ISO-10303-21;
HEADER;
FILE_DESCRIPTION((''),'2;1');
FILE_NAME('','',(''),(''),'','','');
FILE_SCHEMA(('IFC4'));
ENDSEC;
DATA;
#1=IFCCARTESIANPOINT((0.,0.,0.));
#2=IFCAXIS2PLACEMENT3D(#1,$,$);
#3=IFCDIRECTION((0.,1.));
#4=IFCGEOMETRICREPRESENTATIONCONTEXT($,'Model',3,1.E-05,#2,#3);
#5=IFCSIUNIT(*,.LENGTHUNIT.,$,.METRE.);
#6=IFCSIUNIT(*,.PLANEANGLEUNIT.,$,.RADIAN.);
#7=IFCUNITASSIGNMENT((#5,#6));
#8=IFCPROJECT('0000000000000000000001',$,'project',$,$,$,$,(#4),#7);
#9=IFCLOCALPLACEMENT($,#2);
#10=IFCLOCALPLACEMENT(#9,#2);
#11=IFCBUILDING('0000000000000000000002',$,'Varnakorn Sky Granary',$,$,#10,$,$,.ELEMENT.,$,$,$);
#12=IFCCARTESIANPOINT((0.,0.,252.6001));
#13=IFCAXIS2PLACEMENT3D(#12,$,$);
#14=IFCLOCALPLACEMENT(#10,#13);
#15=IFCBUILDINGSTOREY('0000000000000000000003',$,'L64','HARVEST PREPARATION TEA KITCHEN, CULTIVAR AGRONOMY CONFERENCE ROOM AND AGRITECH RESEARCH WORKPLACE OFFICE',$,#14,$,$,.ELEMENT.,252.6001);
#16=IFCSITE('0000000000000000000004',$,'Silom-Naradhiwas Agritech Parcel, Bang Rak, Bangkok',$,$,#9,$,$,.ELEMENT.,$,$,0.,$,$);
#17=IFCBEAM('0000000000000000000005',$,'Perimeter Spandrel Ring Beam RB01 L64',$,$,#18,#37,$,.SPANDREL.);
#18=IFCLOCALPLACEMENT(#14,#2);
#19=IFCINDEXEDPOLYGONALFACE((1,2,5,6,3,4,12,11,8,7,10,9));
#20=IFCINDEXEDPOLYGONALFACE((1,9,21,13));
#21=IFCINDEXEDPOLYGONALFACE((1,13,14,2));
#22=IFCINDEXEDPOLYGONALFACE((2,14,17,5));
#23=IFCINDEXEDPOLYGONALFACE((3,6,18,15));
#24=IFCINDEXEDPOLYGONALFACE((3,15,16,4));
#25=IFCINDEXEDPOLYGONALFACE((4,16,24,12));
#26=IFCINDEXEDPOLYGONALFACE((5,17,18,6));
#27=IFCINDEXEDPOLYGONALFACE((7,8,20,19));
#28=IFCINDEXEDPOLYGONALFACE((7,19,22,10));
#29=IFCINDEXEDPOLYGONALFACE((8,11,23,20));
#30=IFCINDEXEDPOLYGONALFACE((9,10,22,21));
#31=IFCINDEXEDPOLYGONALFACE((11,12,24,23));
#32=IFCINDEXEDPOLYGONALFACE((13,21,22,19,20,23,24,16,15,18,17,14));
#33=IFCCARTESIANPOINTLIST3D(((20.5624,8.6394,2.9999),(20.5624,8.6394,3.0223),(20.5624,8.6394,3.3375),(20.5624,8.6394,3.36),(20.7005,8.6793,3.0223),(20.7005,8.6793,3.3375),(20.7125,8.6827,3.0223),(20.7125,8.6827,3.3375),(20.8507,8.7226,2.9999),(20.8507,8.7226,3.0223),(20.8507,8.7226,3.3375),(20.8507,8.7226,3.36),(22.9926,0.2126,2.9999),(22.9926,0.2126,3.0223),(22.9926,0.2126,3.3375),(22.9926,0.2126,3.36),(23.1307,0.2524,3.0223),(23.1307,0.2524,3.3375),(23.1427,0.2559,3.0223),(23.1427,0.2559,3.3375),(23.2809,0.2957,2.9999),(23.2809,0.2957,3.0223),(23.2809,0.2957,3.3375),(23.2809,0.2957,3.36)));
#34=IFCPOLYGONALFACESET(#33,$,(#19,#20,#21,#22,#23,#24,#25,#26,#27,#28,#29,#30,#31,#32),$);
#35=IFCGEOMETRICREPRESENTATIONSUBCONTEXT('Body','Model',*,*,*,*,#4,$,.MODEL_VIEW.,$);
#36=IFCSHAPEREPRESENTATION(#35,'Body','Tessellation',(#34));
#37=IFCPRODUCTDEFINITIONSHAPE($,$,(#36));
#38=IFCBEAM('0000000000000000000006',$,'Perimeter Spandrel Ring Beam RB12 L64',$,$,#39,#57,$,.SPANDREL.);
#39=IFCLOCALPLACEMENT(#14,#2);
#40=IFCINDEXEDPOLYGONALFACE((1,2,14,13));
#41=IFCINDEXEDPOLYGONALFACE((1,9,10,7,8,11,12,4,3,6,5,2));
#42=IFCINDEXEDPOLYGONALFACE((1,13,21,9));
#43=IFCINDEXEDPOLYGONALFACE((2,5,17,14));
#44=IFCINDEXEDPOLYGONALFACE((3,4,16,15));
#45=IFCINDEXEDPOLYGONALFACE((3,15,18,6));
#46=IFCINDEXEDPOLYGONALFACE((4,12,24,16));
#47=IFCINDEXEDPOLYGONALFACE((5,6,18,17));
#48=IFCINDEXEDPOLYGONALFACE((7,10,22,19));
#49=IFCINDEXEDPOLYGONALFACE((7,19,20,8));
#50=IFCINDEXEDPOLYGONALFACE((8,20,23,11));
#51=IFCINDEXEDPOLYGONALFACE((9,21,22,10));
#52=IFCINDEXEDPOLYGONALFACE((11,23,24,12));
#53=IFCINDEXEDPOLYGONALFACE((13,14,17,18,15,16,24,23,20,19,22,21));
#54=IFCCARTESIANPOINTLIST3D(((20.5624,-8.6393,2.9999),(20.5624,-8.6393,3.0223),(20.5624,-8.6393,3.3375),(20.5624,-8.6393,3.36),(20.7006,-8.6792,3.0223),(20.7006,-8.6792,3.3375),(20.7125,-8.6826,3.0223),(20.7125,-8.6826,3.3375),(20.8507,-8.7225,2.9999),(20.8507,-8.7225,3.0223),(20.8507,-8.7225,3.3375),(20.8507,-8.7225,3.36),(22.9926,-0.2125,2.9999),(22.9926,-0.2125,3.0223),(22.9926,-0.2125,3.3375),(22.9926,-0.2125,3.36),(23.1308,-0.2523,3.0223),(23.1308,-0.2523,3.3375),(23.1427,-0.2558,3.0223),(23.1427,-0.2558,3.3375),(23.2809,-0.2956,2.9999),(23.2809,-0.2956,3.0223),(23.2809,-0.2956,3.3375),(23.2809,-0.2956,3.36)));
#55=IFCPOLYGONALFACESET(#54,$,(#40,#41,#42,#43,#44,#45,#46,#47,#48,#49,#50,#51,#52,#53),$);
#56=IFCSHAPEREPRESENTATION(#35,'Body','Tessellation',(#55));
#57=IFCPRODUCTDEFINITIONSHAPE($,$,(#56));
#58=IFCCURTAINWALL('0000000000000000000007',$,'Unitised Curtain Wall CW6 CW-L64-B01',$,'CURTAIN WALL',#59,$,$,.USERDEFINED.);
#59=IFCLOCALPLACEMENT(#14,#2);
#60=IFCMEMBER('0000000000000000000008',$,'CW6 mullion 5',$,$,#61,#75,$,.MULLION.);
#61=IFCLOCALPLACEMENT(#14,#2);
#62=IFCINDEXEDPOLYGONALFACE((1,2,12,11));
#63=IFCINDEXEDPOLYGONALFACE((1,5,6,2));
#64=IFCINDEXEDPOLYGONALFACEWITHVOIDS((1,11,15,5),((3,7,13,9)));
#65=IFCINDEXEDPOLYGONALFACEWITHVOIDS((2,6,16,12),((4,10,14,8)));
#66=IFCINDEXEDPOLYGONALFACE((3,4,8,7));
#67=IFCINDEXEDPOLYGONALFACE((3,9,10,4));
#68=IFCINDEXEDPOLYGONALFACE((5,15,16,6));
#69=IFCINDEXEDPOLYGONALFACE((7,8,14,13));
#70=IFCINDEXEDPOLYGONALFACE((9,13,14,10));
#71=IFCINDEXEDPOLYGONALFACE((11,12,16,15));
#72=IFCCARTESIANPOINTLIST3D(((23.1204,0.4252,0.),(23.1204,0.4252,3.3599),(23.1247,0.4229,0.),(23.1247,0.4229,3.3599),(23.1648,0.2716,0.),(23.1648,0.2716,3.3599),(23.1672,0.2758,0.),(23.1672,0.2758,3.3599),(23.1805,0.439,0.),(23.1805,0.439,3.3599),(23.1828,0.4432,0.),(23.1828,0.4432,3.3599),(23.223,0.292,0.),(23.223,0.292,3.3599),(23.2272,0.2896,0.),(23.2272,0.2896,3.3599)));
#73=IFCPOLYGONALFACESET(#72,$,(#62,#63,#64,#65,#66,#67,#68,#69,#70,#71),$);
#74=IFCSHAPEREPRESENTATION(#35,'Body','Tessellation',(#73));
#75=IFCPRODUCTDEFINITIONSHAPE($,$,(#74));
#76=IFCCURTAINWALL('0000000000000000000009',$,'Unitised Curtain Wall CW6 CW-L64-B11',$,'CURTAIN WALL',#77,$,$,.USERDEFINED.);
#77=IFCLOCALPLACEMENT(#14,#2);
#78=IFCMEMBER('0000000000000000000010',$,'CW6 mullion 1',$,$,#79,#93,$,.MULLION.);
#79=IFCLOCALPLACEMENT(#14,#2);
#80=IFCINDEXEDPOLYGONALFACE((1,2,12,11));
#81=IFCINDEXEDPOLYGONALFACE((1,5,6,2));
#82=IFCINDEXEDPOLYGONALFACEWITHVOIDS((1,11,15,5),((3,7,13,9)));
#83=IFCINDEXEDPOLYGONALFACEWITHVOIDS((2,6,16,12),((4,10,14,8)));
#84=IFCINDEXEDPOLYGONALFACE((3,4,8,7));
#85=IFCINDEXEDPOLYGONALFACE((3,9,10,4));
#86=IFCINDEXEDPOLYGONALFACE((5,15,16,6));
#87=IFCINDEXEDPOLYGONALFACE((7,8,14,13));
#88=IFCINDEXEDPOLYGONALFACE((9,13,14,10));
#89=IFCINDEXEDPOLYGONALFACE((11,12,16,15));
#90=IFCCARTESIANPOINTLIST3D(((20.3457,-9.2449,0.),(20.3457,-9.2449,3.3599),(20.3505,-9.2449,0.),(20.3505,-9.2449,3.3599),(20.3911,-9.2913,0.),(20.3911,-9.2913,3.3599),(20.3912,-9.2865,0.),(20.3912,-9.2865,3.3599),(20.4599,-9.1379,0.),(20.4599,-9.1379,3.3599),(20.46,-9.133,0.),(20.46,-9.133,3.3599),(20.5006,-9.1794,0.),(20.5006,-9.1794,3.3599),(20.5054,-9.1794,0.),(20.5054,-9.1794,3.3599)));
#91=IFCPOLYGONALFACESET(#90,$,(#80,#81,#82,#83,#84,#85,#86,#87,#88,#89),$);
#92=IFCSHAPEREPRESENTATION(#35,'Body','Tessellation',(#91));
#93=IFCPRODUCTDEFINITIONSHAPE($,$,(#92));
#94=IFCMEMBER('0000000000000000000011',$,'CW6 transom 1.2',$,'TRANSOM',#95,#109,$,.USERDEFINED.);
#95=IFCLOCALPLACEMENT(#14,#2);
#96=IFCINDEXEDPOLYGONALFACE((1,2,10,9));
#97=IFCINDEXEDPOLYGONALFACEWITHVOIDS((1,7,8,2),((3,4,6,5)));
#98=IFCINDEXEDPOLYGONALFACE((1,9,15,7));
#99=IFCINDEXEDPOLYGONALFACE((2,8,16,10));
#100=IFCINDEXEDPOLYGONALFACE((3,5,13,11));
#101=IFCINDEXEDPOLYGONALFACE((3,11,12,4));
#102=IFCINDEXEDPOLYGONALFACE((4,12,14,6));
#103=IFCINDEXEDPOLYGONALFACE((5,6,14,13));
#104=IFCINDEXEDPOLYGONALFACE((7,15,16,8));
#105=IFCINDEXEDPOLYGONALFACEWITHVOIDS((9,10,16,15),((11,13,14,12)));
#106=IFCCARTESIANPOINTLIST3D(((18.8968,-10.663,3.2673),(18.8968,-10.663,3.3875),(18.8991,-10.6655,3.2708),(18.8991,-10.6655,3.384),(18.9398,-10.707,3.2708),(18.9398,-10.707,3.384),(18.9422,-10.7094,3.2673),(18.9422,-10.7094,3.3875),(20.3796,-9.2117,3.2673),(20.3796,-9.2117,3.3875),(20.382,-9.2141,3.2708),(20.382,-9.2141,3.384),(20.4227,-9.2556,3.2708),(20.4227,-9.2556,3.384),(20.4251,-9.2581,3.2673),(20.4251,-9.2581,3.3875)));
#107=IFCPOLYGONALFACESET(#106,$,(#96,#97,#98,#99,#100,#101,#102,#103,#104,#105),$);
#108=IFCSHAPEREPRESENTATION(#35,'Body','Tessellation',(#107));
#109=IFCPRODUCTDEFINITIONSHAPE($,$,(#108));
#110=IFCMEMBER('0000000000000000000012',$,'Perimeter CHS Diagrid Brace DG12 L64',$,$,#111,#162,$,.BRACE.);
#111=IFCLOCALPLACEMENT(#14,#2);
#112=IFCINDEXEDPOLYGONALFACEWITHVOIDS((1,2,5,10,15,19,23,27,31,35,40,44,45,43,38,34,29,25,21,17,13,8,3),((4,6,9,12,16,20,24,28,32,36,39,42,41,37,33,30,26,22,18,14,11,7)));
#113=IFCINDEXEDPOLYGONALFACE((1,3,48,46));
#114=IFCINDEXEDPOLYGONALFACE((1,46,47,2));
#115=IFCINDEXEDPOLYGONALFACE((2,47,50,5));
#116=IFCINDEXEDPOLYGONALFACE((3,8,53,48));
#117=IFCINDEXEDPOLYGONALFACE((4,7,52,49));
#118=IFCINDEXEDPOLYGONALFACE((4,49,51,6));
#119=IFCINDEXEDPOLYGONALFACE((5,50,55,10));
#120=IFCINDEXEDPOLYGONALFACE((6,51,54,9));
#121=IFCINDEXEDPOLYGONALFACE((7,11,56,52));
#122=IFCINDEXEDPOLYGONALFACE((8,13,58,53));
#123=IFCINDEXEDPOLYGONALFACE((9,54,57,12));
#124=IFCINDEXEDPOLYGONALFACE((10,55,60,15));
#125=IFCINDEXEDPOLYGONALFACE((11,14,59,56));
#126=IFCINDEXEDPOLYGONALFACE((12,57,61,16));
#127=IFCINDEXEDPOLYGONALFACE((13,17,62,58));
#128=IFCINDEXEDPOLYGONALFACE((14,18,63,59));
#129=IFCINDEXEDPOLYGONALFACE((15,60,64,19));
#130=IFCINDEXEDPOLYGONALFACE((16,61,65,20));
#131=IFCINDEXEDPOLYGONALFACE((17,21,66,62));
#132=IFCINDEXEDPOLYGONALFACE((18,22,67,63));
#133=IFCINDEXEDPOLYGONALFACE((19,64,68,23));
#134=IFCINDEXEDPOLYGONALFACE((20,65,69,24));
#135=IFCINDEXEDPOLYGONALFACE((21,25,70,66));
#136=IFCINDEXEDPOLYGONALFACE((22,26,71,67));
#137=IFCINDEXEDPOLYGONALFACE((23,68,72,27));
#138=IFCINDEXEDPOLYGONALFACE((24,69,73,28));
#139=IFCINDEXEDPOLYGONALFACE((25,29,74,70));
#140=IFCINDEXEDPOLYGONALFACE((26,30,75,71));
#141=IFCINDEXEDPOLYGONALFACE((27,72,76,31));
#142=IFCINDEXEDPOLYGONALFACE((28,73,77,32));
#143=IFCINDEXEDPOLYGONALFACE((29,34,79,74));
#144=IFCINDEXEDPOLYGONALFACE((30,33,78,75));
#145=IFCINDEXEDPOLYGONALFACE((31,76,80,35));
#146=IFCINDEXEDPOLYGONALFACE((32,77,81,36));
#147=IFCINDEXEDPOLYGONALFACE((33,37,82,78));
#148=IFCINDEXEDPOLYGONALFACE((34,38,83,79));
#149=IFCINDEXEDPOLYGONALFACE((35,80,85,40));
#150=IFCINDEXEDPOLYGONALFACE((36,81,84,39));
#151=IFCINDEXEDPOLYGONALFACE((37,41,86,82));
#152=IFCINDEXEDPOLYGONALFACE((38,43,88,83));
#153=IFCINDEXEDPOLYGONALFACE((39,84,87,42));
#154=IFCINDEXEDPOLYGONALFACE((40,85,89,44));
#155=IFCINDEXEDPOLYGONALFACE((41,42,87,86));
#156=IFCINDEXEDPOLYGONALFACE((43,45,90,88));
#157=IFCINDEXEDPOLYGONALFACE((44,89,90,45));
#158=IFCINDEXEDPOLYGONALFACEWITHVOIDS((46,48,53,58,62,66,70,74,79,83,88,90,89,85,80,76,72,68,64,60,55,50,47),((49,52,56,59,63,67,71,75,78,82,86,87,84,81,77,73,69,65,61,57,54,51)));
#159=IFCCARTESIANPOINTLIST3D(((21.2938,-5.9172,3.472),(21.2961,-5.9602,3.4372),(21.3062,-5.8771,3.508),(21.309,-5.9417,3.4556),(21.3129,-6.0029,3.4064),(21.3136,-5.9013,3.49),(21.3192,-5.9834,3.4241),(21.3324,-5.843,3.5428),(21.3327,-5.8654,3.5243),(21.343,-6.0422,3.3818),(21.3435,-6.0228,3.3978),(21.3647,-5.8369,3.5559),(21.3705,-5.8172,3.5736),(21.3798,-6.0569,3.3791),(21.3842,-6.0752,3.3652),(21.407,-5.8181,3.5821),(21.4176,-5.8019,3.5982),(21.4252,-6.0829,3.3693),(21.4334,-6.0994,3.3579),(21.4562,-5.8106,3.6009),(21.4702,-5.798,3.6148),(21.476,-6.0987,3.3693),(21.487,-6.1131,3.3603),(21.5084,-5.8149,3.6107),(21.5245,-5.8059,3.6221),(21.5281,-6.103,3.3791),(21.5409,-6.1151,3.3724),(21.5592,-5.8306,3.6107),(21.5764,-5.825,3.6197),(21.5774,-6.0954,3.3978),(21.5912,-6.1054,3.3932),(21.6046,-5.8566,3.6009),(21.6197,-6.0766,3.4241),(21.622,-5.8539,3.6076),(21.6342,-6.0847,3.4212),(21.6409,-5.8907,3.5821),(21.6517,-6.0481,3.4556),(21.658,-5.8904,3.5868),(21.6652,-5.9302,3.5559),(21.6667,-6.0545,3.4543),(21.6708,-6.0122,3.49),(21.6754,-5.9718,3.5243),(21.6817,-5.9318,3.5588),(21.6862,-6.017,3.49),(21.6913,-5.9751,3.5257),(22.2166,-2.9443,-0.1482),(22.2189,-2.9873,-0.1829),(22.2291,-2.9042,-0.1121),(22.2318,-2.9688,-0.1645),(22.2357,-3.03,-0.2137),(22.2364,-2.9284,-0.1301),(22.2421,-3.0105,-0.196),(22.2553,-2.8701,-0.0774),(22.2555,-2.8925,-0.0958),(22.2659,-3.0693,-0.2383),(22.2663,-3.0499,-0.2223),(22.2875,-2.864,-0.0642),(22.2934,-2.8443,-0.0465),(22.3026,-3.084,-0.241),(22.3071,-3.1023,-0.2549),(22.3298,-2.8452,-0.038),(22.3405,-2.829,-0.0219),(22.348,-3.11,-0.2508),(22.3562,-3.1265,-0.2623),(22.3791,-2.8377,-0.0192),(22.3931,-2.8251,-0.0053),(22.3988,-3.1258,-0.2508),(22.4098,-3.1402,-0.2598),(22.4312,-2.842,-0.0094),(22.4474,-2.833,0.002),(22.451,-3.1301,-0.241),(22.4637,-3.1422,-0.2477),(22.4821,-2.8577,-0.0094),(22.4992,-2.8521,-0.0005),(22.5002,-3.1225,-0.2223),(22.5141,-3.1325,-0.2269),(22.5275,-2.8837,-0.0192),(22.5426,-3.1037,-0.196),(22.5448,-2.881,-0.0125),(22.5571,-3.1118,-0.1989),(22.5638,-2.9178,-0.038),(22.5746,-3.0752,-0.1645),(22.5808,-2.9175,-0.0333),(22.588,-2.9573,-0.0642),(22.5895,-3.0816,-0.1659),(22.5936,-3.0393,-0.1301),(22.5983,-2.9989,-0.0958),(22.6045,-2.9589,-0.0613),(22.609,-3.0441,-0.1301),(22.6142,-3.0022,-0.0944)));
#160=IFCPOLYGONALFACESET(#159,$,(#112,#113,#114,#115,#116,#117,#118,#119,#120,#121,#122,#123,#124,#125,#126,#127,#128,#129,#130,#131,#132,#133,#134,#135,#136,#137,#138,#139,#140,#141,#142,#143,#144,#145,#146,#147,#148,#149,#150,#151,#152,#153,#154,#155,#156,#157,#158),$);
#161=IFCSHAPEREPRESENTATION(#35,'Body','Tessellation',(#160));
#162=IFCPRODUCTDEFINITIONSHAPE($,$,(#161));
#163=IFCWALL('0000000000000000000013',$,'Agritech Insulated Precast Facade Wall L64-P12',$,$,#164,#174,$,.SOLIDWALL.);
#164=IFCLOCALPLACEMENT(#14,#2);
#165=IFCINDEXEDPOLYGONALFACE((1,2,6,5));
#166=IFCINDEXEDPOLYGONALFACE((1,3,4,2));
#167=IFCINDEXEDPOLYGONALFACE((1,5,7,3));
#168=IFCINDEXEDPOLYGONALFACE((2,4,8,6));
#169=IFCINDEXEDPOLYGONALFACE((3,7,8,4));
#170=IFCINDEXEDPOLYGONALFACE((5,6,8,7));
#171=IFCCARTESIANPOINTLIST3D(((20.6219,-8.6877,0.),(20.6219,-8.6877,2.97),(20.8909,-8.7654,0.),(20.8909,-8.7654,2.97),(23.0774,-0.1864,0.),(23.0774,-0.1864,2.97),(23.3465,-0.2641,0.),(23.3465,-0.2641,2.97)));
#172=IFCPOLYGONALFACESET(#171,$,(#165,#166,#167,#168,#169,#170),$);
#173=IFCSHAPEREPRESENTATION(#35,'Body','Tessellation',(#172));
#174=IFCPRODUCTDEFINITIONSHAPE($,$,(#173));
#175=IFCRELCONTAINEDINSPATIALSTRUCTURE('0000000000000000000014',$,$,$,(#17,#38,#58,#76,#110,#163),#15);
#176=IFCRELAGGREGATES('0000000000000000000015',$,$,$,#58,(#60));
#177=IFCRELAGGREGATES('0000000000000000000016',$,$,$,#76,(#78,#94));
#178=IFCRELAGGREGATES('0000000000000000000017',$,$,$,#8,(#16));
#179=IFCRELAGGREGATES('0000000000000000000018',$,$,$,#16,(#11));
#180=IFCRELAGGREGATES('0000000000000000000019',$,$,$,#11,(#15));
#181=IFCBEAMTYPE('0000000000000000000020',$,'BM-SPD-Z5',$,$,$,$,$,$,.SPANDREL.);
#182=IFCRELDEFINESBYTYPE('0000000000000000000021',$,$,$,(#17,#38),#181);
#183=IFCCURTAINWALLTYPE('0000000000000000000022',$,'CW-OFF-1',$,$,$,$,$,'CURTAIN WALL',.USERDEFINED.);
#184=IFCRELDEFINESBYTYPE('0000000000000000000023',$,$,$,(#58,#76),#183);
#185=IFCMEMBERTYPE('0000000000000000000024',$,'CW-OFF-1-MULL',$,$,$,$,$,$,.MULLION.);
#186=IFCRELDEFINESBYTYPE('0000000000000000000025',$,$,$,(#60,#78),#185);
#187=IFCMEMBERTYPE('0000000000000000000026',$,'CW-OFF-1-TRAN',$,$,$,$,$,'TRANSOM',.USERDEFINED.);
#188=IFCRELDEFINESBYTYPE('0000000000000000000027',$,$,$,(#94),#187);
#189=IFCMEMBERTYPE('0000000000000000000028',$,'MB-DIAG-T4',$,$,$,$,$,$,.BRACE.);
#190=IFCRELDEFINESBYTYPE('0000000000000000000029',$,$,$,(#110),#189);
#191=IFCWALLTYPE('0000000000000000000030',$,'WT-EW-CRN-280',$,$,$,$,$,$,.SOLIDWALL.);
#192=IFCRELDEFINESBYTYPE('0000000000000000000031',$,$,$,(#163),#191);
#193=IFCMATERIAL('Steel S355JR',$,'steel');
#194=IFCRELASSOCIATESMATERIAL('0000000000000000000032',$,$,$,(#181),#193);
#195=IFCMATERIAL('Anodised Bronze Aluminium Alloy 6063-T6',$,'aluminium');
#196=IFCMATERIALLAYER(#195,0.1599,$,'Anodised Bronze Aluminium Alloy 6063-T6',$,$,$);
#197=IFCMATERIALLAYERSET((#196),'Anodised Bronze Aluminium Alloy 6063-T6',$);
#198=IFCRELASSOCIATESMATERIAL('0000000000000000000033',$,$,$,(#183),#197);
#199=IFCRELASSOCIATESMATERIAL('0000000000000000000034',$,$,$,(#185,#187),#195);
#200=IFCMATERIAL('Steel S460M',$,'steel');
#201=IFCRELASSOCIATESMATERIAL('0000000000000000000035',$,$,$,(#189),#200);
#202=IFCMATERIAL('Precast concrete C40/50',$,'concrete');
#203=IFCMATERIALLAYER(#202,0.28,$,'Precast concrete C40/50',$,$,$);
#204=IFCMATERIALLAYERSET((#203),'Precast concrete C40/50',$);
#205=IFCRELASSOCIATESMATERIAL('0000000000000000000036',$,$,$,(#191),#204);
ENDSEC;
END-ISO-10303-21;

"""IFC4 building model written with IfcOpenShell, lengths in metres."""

from ifc_helpers import new_model, si_unit, direction, frame, frame_2d, origin, origin_2d, place, context, subcontext, project, spatial, rectangle, hollow_rectangle, hollow_circle, i_section, extrude, material, layer, layer_set, material_profile, profile_set, type_object, element, aggregate, save


model = new_model("IFC4")

# Units and contexts
model_context = context("Model", 3, precision=1e-05, world=origin(), true_north=direction((0.0, 1.0)))
body_context = subcontext(model_context, "Body", "Model", "MODEL_VIEW")
ifc_project = project(units=[si_unit("LENGTHUNIT", "METRE"), si_unit("PLANEANGLEUNIT", "RADIAN")], contexts=[model_context])

# Site, building, storey
site_placement = place(None, origin())
site = spatial("IfcSite", under=ifc_project, at=site_placement, Name="Silom-Naradhiwas Agritech Parcel, Bang Rak, Bangkok", CompositionType="ELEMENT", RefElevation=0.0)
building_placement = place(site_placement, origin())
building = spatial("IfcBuilding", under=site, at=building_placement, Name="Varnakorn Sky Granary", CompositionType="ELEMENT")
storey_placement = place(building_placement, frame((0.0, 0.0, 252.6001)))
storey = spatial("IfcBuildingStorey", under=building, at=storey_placement, Name="L64", Description="HARVEST PREPARATION TEA KITCHEN, CULTIVAR AGRONOMY CONFERENCE ROOM AND AGRITECH RESEARCH WORKPLACE OFFICE", CompositionType="ELEMENT", Elevation=252.6001)

# Shared definitions
ifc_material_1 = material(Name="Steel S460M", Category="steel")

# Beams
ifc_material_2 = material(Name="Steel S355JR", Category="steel")
ifc_material_profile_1 = material_profile(ifc_material_2, i_section(OverallWidth=0.3, OverallDepth=0.3601, WebThickness=0.0125, FlangeThickness=0.0225, at=origin_2d()), Name="HE 360 B")
ifc_profile_set_1 = profile_set([ifc_material_profile_1], Name="Steel S355JR")
beam_type_1 = type_object("IfcBeamType", Name="BM-SPD-Z5", PredefinedType="SPANDREL", material=ifc_profile_set_1)
for number, where, z_axis, x_axis, name in (
    (1, (23.1367, 0.2542, 3.1799), (-0.277095, 0.960842, 0.0), (-0.960842, -0.277095, 0.0), "Perimeter Spandrel Ring Beam RB01 L64"),
    (2, (20.7065, -8.6809, 3.1799), (0.277095, 0.960842, 0.0), (-0.960842, 0.277095, 0.0), "Perimeter Spandrel Ring Beam RB12 L64"),
):
    element("IfcBeam", number, at=place(storey_placement, frame(where, z_axis=z_axis, x_axis=x_axis)), inside=storey, type_object=beam_type_1, Name=name, PredefinedType="SPANDREL", context=body_context, shape_type="SweptSolid", body=[
        extrude(i_section(OverallWidth=0.3, OverallDepth=0.3601, WebThickness=0.0125, FlangeThickness=0.0225, at=origin_2d()), origin(), (0.0, 0.0, 1.0), 8.7703),
    ])

# Curtain wall, member
ifc_material_3 = material(Name="Anodised Bronze Aluminium Alloy 6063-T6", Category="aluminium")
ifc_layer_1 = layer(ifc_material_3, 0.1599, Name="Anodised Bronze Aluminium Alloy 6063-T6")
ifc_layer_set_1 = layer_set([ifc_layer_1], Name="Anodised Bronze Aluminium Alloy 6063-T6")
curtain_wall_type = type_object("IfcCurtainWallType", Name="CW-OFF-1", ElementType="CURTAIN WALL", PredefinedType="USERDEFINED", material=ifc_layer_set_1)
curtain_wall_1_placement = place(storey_placement, origin())
curtain_wall_1 = element("IfcCurtainWall", 3, at=curtain_wall_1_placement, inside=storey, type_object=curtain_wall_type, Name="Unitised Curtain Wall CW6 CW-L64-B01", ObjectType="CURTAIN WALL", PredefinedType="USERDEFINED")
ifc_material_profile_2 = material_profile(ifc_material_3, hollow_rectangle(XDim=0.0649, YDim=0.1599, WallThickness=0.0034, at=origin_2d()), Name="ALU MULL 65x160")
ifc_profile_set_2 = profile_set([ifc_material_profile_2], Name="Anodised Bronze Aluminium Alloy 6063-T6")
member_type_1 = type_object("IfcMemberType", Name="CW-OFF-1-MULL", PredefinedType="MULLION", material=ifc_profile_set_2)
member_1_placement = place(storey_placement, frame((23.1738, 0.3574, 0.0), z_axis=(0.0, 0.0, 1.0), x_axis=(0.960725, 0.277501, 0.0)))
member_1 = element("IfcMember", 4, at=member_1_placement, type_object=member_type_1, Name="CW6 mullion 5", PredefinedType="MULLION", context=body_context, shape_type="SweptSolid", body=[
    extrude(hollow_rectangle(XDim=0.0649, YDim=0.1599, WallThickness=0.0034, at=origin_2d()), origin(), (0.0, 0.0, 1.0), 3.3599),
])
aggregate(curtain_wall_1, [member_1])

# Curtain wall, members
curtain_wall_2_placement = place(storey_placement, origin())
curtain_wall_2 = element("IfcCurtainWall", 5, at=curtain_wall_2_placement, inside=storey, type_object=curtain_wall_type, Name="Unitised Curtain Wall CW6 CW-L64-B11", ObjectType="CURTAIN WALL", PredefinedType="USERDEFINED")
member_2_placement = place(storey_placement, frame((20.4255, -9.2122, 0.0), z_axis=(0.0, 0.0, 1.0), x_axis=(0.699482, -0.71465, 0.0)))
member_2 = element("IfcMember", 6, at=member_2_placement, type_object=member_type_1, Name="CW6 mullion 1", PredefinedType="MULLION", context=body_context, shape_type="SweptSolid", body=[
    extrude(hollow_rectangle(XDim=0.0649, YDim=0.1599, WallThickness=0.0034, at=origin_2d()), origin(), (0.0, 0.0, 1.0), 3.3599),
])
ifc_material_profile_3 = material_profile(ifc_material_3, hollow_rectangle(XDim=0.0649, YDim=0.1201, WallThickness=0.0034, at=origin_2d()), Name="ALU TRAN 65x120")
ifc_profile_set_3 = profile_set([ifc_material_profile_3], Name="Anodised Bronze Aluminium Alloy 6063-T6")
member_type_2 = type_object("IfcMemberType", Name="CW-OFF-1-TRAN", ElementType="TRANSOM", PredefinedType="USERDEFINED", material=ifc_profile_set_3)
member_3_placement = place(storey_placement, frame((20.4023, -9.2349, 3.3274), z_axis=(-0.714655, -0.699477, 0.0), x_axis=(0.699477, -0.714655, 0.0)))
member_3 = element("IfcMember", 7, at=member_3_placement, type_object=member_type_2, Name="CW6 transom 1.2", ObjectType="TRANSOM", PredefinedType="USERDEFINED", context=body_context, shape_type="SweptSolid", body=[
    extrude(hollow_rectangle(XDim=0.0649, YDim=0.1201, WallThickness=0.0034, at=origin_2d()), origin(), (0.0, 0.0, 1.0), 2.075),
])
aggregate(curtain_wall_2, [member_2, member_3])

# Member
ifc_material_profile_4 = material_profile(ifc_material_1, hollow_circle(Radius=0.2031, WallThickness=0.0161, at=origin_2d()), Name="CHS 406.4x16")
ifc_profile_set_4 = profile_set([ifc_material_profile_4], Name="Steel S460M")
member_type_3 = type_object("IfcMemberType", Name="MB-DIAG-T4", PredefinedType="BRACE", material=ifc_profile_set_4)
member_4_placement = place(storey_placement, frame((22.415, -2.9839, -0.1301), z_axis=(-0.193291, -0.622673, 0.758233), x_axis=(0.955043, -0.296466, 0.0)))
element("IfcMember", 8, at=member_4_placement, inside=storey, type_object=member_type_3, Name="Perimeter CHS Diagrid Brace DG12 L64", PredefinedType="BRACE", context=body_context, shape_type="SweptSolid", body=[
    extrude(hollow_circle(Radius=0.2031, WallThickness=0.0161, at=origin_2d()), origin(), (0.0, 0.0, 1.0), 4.7744),
])

# Wall
ifc_material_4 = material(Name="Precast concrete C40/50", Category="concrete")
ifc_layer_2 = layer(ifc_material_4, 0.28, Name="Precast concrete C40/50")
ifc_layer_set_2 = layer_set([ifc_layer_2], Name="Precast concrete C40/50")
wall_type_1 = type_object("IfcWallType", Name="WT-EW-CRN-280", PredefinedType="SOLIDWALL", material=ifc_layer_set_2)
wall_1_placement = place(storey_placement, frame((23.2119, -0.2253, 0.0), z_axis=(0.0, 0.0, 1.0), x_axis=(-0.277497, -0.960727, 0.0)))
element("IfcWall", 9, at=wall_1_placement, inside=storey, type_object=wall_type_1, Name="Agritech Insulated Precast Facade Wall L64-P12", PredefinedType="SOLIDWALL", context=body_context, shape_type="SweptSolid", body=[
    extrude(rectangle(XDim=8.8489, YDim=0.28, at=frame_2d((4.4243, 0.0))), origin(), (0.0, 0.0, 1.0), 2.97),
])

save(model, "model.ifc")
